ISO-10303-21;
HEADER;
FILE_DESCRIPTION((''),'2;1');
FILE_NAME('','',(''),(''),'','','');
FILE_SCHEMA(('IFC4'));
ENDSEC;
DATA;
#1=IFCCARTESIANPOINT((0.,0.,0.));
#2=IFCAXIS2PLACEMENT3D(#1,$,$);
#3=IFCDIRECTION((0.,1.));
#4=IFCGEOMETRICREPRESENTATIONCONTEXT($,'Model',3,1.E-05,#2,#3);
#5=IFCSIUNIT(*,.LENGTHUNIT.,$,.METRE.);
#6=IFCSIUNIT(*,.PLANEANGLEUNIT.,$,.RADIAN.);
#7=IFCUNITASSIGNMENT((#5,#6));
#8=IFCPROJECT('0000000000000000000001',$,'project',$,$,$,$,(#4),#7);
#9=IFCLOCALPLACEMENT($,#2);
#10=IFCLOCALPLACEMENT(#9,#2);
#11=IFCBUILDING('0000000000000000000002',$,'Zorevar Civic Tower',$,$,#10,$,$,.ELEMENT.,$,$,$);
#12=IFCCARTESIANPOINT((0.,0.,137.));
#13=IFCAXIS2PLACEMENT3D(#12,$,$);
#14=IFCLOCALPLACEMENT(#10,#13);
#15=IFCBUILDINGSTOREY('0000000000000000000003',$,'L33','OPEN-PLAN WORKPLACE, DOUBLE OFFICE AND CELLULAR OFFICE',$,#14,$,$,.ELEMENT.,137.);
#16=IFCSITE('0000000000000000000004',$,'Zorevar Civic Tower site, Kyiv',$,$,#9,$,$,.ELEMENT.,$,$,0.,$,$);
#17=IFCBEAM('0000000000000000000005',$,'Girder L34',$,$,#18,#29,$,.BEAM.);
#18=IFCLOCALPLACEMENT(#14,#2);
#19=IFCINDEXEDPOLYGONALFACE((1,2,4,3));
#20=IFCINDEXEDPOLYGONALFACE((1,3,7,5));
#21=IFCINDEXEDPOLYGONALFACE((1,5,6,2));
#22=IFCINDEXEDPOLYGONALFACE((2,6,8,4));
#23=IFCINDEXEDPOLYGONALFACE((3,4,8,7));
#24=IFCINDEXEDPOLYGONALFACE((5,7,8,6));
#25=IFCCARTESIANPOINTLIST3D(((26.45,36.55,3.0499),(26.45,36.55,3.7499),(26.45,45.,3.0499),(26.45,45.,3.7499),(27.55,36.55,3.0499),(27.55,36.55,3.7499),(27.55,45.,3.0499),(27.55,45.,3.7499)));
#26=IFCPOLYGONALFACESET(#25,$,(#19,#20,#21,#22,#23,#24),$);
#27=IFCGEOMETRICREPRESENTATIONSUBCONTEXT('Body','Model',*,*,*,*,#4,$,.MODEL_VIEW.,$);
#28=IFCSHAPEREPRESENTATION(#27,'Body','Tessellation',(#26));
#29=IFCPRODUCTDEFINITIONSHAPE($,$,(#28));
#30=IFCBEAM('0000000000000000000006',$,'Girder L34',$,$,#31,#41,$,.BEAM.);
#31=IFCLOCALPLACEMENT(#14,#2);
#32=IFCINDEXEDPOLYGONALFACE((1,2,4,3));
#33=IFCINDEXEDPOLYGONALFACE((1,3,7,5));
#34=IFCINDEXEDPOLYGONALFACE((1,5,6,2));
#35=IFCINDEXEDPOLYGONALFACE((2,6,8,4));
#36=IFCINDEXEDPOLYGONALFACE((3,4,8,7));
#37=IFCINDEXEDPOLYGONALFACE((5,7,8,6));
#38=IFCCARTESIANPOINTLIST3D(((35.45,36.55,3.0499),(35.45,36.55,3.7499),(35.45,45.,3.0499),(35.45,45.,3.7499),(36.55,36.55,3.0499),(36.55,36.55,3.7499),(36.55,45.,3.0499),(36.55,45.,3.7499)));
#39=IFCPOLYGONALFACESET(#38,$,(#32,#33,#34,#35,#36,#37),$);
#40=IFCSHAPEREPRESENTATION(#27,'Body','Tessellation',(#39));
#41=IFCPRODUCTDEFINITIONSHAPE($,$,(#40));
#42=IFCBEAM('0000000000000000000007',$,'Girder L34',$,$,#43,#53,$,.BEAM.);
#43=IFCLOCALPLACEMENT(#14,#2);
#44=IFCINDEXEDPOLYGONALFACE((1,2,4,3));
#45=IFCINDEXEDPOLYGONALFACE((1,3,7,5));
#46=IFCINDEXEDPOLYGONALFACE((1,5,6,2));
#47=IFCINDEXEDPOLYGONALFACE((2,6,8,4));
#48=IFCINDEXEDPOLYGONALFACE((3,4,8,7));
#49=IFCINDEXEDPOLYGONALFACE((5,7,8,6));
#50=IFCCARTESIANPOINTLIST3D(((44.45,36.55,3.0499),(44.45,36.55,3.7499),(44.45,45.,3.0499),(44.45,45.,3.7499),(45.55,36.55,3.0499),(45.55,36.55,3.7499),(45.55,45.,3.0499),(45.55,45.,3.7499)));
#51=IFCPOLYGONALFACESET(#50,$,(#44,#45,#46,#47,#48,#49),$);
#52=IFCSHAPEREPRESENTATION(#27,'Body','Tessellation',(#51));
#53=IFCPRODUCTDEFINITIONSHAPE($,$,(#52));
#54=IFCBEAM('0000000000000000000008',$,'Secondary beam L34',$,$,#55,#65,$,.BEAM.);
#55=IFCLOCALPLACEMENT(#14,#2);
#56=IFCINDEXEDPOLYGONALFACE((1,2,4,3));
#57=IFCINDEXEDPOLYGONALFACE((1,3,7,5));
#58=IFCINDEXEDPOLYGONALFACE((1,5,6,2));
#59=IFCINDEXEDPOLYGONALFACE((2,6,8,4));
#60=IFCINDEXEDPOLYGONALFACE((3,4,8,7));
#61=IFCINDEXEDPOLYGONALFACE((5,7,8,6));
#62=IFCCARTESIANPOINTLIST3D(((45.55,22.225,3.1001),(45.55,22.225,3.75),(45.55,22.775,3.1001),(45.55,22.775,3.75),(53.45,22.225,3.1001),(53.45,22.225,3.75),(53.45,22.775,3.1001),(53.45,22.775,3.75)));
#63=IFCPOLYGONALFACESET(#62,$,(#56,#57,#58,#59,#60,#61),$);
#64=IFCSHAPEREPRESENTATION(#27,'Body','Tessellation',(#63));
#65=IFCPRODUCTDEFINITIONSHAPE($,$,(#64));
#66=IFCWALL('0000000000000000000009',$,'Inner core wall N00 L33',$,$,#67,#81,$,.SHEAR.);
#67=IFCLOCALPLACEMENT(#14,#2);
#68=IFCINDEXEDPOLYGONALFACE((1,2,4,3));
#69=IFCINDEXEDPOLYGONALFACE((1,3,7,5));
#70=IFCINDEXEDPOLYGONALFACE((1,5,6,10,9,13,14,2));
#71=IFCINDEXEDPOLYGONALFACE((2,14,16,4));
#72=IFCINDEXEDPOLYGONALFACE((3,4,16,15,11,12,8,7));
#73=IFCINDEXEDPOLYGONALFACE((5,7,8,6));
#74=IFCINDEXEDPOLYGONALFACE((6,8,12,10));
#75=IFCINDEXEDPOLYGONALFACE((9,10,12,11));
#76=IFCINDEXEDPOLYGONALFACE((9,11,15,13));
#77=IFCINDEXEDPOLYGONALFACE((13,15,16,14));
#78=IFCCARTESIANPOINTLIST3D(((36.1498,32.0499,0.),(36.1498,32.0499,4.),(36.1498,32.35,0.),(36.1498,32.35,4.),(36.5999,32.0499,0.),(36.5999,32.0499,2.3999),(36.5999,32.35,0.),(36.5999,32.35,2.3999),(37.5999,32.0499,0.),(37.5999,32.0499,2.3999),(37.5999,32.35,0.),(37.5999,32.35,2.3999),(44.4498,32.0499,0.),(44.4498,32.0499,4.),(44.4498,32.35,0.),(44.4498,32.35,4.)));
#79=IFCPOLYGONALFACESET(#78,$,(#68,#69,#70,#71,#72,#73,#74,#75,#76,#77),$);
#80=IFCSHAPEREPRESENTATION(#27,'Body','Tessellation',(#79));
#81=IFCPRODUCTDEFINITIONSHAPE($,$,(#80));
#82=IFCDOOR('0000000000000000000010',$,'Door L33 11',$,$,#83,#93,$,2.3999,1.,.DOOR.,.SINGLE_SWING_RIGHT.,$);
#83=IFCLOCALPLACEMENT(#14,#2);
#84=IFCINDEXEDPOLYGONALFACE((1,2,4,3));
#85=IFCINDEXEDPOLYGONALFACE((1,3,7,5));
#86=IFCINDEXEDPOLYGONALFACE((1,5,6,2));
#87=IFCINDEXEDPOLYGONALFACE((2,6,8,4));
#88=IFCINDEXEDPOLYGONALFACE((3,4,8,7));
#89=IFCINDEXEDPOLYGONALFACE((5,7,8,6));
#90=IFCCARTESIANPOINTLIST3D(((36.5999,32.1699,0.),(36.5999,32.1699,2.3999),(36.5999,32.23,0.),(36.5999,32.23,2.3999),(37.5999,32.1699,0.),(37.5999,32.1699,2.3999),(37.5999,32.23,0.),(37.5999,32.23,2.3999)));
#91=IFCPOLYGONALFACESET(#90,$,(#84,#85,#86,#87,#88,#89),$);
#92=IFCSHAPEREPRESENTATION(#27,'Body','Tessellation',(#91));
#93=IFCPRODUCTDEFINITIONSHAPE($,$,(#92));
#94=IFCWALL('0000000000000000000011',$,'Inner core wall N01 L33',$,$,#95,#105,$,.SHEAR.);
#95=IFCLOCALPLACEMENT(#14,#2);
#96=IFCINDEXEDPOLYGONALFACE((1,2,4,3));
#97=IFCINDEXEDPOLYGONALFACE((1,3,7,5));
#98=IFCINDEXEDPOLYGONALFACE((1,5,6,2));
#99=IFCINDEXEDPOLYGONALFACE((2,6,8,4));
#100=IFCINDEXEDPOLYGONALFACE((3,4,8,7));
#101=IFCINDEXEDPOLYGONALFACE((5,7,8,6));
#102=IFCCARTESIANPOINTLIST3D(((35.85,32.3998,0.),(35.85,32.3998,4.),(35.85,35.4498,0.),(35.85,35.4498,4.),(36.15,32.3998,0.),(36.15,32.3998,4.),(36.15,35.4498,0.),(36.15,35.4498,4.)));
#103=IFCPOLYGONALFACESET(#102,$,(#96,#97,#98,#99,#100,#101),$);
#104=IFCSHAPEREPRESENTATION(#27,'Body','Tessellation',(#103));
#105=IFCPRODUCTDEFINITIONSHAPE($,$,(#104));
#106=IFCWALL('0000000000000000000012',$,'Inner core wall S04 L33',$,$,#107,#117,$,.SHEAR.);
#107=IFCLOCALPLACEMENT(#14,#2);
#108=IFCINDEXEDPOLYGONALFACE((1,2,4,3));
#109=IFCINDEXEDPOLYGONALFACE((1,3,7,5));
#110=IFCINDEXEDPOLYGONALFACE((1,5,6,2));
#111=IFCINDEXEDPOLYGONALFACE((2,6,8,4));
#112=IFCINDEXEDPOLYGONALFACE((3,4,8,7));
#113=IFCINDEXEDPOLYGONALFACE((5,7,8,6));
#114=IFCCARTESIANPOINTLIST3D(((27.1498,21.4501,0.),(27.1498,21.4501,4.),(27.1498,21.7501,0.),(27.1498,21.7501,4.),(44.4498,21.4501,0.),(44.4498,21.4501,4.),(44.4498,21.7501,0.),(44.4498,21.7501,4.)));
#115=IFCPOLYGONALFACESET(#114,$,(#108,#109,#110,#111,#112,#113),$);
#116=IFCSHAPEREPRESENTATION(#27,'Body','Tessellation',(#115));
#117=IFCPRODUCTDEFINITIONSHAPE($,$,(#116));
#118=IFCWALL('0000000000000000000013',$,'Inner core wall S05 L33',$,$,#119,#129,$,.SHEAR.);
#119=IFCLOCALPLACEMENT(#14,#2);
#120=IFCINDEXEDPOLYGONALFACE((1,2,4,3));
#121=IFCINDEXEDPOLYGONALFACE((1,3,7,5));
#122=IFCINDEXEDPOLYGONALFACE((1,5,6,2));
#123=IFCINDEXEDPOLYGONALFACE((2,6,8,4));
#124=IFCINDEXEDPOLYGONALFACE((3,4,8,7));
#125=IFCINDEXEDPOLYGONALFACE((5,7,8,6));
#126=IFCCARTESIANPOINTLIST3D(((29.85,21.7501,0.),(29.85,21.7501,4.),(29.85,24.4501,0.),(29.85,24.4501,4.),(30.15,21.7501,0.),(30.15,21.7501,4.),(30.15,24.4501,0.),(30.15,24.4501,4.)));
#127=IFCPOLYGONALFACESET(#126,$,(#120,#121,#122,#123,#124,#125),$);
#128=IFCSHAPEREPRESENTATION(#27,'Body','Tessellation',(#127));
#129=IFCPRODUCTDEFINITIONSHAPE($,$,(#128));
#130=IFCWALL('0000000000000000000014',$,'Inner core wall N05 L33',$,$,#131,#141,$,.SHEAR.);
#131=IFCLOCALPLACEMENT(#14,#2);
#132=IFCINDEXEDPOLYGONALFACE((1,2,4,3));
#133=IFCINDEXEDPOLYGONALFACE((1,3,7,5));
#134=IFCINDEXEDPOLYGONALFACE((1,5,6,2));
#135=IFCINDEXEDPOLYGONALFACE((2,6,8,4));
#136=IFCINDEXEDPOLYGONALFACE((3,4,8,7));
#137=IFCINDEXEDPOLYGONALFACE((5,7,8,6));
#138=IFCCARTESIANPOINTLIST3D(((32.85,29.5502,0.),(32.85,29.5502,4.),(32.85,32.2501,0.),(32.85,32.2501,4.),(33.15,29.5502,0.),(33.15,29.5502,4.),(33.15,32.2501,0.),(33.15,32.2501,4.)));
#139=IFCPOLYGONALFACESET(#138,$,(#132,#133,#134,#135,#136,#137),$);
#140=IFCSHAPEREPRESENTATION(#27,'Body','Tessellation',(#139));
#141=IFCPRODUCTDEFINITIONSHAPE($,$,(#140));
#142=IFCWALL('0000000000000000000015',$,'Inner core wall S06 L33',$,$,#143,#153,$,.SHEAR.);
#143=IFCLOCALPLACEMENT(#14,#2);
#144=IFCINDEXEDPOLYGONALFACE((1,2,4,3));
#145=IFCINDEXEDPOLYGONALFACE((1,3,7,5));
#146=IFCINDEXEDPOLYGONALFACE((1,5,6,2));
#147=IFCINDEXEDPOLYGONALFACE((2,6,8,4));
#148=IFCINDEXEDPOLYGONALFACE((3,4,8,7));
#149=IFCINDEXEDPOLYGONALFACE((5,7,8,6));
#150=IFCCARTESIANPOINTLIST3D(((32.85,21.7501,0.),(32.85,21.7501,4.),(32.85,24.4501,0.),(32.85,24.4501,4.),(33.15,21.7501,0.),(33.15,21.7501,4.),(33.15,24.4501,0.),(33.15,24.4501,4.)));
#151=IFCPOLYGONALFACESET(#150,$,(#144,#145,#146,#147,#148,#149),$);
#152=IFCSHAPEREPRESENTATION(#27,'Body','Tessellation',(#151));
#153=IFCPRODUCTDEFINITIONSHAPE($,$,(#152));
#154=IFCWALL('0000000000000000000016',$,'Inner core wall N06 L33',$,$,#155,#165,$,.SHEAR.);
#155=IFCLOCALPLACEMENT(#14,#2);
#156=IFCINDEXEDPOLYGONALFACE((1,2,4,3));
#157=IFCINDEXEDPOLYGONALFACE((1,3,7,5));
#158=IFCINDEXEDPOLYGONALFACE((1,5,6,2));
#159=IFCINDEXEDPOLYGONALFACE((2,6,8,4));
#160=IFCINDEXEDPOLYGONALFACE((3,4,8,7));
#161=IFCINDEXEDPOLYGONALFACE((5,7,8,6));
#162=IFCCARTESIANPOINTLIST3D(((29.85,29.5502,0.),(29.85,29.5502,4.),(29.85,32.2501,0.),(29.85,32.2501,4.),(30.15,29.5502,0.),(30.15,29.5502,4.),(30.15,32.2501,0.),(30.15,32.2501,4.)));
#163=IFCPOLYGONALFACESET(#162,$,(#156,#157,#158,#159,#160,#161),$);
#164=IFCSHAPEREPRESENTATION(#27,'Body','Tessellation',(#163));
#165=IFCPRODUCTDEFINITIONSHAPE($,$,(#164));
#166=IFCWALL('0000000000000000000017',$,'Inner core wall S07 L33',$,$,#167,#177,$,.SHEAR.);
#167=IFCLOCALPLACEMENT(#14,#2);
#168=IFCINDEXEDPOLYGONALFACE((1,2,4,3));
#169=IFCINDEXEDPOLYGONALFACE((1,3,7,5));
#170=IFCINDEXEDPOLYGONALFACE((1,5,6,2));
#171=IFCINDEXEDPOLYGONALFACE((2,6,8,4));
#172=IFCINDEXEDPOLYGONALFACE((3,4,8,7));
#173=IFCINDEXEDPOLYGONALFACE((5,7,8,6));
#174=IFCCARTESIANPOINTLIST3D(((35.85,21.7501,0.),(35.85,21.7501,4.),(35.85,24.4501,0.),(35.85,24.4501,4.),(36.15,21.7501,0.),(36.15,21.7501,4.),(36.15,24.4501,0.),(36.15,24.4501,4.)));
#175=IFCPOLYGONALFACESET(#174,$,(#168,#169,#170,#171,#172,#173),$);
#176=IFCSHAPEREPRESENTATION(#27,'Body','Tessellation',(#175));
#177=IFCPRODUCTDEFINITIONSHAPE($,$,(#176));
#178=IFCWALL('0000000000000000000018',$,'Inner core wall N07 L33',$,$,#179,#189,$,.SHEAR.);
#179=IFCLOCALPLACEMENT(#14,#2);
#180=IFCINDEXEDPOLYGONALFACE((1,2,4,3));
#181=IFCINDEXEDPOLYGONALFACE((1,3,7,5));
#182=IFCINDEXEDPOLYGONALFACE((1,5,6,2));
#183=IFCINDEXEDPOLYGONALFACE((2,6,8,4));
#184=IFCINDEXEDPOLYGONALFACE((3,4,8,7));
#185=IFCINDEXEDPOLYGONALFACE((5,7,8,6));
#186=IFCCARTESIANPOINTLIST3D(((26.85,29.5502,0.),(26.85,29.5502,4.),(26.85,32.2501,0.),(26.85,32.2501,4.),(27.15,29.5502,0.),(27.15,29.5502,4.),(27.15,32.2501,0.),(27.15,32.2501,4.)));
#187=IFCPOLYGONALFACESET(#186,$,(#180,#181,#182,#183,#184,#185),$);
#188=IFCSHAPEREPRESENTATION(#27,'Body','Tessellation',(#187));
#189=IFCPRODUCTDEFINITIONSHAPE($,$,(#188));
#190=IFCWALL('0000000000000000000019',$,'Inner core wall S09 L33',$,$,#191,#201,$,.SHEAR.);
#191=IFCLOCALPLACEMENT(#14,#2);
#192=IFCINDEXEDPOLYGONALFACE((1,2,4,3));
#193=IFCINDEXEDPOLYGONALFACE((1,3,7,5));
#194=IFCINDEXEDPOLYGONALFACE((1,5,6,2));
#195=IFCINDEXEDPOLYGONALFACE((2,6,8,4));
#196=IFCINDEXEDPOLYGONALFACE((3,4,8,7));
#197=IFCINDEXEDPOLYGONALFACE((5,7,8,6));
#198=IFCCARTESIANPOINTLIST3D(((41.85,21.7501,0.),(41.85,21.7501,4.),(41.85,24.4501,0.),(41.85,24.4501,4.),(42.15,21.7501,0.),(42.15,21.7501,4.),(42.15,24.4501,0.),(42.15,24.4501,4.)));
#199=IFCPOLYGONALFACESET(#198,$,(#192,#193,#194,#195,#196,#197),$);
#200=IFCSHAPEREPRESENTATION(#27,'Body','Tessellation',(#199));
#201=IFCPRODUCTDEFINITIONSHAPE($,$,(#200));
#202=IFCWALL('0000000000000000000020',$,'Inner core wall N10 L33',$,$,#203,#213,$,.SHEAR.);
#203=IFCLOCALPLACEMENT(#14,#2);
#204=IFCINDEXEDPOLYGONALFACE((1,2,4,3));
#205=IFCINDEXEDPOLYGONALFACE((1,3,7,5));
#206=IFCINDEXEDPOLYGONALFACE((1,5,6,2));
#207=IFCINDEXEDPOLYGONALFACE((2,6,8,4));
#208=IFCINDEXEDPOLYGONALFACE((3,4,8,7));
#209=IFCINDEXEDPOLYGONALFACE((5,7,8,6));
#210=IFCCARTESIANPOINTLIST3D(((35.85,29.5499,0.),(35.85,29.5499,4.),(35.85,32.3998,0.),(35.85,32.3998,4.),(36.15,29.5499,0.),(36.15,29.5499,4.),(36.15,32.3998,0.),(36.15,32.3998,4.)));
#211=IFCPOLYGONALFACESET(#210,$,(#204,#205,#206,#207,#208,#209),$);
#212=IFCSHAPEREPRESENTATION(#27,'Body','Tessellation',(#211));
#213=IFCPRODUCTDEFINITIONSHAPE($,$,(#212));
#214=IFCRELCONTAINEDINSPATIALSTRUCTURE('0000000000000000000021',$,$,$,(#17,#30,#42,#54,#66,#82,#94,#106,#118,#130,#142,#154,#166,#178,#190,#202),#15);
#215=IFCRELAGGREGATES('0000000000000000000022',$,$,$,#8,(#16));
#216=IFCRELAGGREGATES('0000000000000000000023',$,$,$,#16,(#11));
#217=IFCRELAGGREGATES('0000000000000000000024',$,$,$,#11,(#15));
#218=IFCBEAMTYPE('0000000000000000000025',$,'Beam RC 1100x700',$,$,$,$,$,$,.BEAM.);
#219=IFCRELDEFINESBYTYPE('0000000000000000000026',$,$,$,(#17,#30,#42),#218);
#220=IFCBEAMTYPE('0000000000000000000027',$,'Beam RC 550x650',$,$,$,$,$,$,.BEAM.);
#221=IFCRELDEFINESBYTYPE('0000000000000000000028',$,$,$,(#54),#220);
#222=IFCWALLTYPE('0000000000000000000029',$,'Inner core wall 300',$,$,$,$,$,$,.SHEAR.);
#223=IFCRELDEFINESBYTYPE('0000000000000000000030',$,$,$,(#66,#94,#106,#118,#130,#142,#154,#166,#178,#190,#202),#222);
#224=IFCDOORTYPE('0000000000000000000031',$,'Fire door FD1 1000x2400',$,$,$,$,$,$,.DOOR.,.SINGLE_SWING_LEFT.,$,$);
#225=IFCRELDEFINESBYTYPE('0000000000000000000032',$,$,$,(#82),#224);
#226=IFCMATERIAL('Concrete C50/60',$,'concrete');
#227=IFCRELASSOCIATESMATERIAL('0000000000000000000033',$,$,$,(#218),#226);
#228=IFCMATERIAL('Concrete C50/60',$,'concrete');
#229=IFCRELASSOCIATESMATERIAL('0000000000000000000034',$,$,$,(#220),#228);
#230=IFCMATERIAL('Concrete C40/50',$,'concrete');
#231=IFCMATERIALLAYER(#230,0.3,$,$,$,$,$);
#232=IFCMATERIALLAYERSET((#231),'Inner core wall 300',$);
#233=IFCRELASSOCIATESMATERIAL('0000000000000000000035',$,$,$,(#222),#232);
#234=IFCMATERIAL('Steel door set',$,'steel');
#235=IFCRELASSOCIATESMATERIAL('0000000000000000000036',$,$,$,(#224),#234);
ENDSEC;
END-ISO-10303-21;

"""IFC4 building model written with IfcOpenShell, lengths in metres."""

from ifc_helpers import new_model, si_unit, direction, frame, frame_2d, origin, origin_2d, place, context, subcontext, project, spatial, rectangle, extrude, material, layer, layer_set, material_profile, profile_set, type_object, element, fill, save


model = new_model("IFC4")

# Units and contexts
model_context = context("Model", 3, precision=1e-05, world=origin(), true_north=direction((0.0, 1.0)))
body_context = subcontext(model_context, "Body", "Model", "MODEL_VIEW")
ifc_project = project(units=[si_unit("LENGTHUNIT", "METRE"), si_unit("PLANEANGLEUNIT", "RADIAN")], contexts=[model_context])

# Site, building, storey
site_placement = place(None, origin())
site = spatial("IfcSite", under=ifc_project, at=site_placement, Name="Zorevar Civic Tower site, Kyiv", CompositionType="ELEMENT", RefElevation=0.0)
building_placement = place(site_placement, origin())
building = spatial("IfcBuilding", under=site, at=building_placement, Name="Zorevar Civic Tower", CompositionType="ELEMENT")
storey_placement = place(building_placement, frame((0.0, 0.0, 137.0)))
storey = spatial("IfcBuildingStorey", under=building, at=storey_placement, Name="L33", Description="OPEN-PLAN WORKPLACE, DOUBLE OFFICE AND CELLULAR OFFICE", CompositionType="ELEMENT", Elevation=137.0)

# Beams
ifc_material_1 = material(Name="Concrete C50/60", Category="concrete")
ifc_material_profile_1 = material_profile(ifc_material_1, rectangle(XDim=1.1001, YDim=0.7, at=origin_2d()), Name="RC 1100x700")
ifc_profile_set_1 = profile_set([ifc_material_profile_1], Name="Concrete C50/60")
beam_type_1 = type_object("IfcBeamType", Name="Beam RC 1100x700", PredefinedType="BEAM", material=ifc_profile_set_1)
for number, where, z_axis, x_axis, name in (
    (1, (27.0, 36.55, 3.3999), (0.0, 1.0, 0.0), (-1.0, 0.0, 0.0), "Girder L34"),
    (2, (36.0, 36.55, 3.3999), (0.0, 1.0, 0.0), (-1.0, 0.0, 0.0), "Girder L34"),
    (3, (45.0, 36.55, 3.3999), (0.0, 1.0, 0.0), (-1.0, 0.0, 0.0), "Girder L34"),
):
    element("IfcBeam", number, at=place(storey_placement, frame(where, z_axis=z_axis, x_axis=x_axis)), inside=storey, type_object=beam_type_1, Name=name, PredefinedType="BEAM", context=body_context, shape_type="SweptSolid", body=[
        extrude(rectangle(XDim=1.1001, YDim=0.7, at=origin_2d()), origin(), (0.0, 0.0, 1.0), 8.45),
    ])
ifc_material_2 = material(Name="Concrete C50/60", Category="concrete")
ifc_material_profile_2 = material_profile(ifc_material_2, rectangle(XDim=0.55, YDim=0.6499, at=origin_2d()), Name="RC 550x650")
ifc_profile_set_2 = profile_set([ifc_material_profile_2], Name="Concrete C50/60")
beam_type_2 = type_object("IfcBeamType", Name="Beam RC 550x650", PredefinedType="BEAM", material=ifc_profile_set_2)
beam_placement = place(storey_placement, frame((45.55, 22.5, 3.425), z_axis=(1.0, 0.0, 0.0), x_axis=(0.0, 1.0, 0.0)))
element("IfcBeam", 4, at=beam_placement, inside=storey, type_object=beam_type_2, Name="Secondary beam L34", PredefinedType="BEAM", context=body_context, shape_type="SweptSolid", body=[
    extrude(rectangle(XDim=0.55, YDim=0.6499, at=origin_2d()), origin(), (0.0, 0.0, 1.0), 7.8999),
])

# Wall, opening, door
ifc_material_3 = material(Name="Concrete C40/50", Category="concrete")
ifc_layer_1 = layer(ifc_material_3, 0.3)
ifc_layer_set_1 = layer_set([ifc_layer_1], Name="Inner core wall 300")
wall_type_1 = type_object("IfcWallType", Name="Inner core wall 300", PredefinedType="SHEAR", material=ifc_layer_set_1)
wall_1_placement = place(storey_placement, frame((36.1499, 32.2, 0.0), z_axis=(0.0, 0.0, 1.0), x_axis=(1.0, 0.0, 0.0)))
wall_1 = element("IfcWall", 5, at=wall_1_placement, inside=storey, type_object=wall_type_1, Name="Inner core wall N00 L33", PredefinedType="SHEAR", context=body_context, shape_type="SweptSolid", body=[
    extrude(rectangle(XDim=8.3, YDim=0.3, at=frame_2d((4.1499, 0.0))), origin(), (0.0, 0.0, 1.0), 4.0),
])
opening_1_placement = place(wall_1_placement, frame((0.45, 0.0, 0.0)))
opening_1 = element("IfcOpeningElement", 6, at=opening_1_placement, cuts=wall_1, PredefinedType="OPENING", context=body_context, shape_type="SweptSolid", body=[
    extrude(rectangle(XDim=1.0, YDim=2.3999, at=frame_2d((0.5, 1.2))), frame((0.0, 0.1599, 0.0), z_axis=(0.0, -1.0, 0.0), x_axis=(1.0, 0.0, 0.0)), (0.0, 0.0, 1.0), 0.3201),
])
ifc_material_4 = material(Name="Steel door set", Category="steel")
door_type_1 = type_object("IfcDoorType", Name="Fire door FD1 1000x2400", OperationType="SINGLE_SWING_LEFT", PredefinedType="DOOR", material=ifc_material_4)
door_1_placement = place(opening_1_placement, origin())
door_1 = element("IfcDoor", 7, at=door_1_placement, inside=storey, type_object=door_type_1, Name="Door L33 11", OperationType="SINGLE_SWING_RIGHT", OverallHeight=2.3999, OverallWidth=1.0, PredefinedType="DOOR", context=body_context, shape_type="SweptSolid", body=[
    extrude(rectangle(XDim=1.0, YDim=2.3999, at=frame_2d((0.5, 1.2))), frame((0.0, 0.03, 0.0), z_axis=(0.0, -1.0, 0.0), x_axis=(1.0, 0.0, 0.0)), (0.0, 0.0, 1.0), 0.0601),
])
fill(opening_1, door_1)

# Wall
wall_2_placement = place(storey_placement, frame((36.0, 32.3999, 0.0), z_axis=(0.0, 0.0, 1.0), x_axis=(0.0, 1.0, 0.0)))
element("IfcWall", 8, at=wall_2_placement, inside=storey, type_object=wall_type_1, Name="Inner core wall N01 L33", PredefinedType="SHEAR", context=body_context, shape_type="SweptSolid", body=[
    extrude(rectangle(XDim=3.05, YDim=0.3, at=frame_2d((1.5249, 0.0))), origin(), (0.0, 0.0, 1.0), 4.0),
])

# Walls
wall_3_placement = place(storey_placement, frame((27.1499, 21.6001, 0.0), z_axis=(0.0, 0.0, 1.0), x_axis=(1.0, 0.0, 0.0)))
element("IfcWall", 9, at=wall_3_placement, inside=storey, type_object=wall_type_1, Name="Inner core wall S04 L33", PredefinedType="SHEAR", context=body_context, shape_type="SweptSolid", body=[
    extrude(rectangle(XDim=17.3, YDim=0.3, at=frame_2d((8.6499, 0.0))), origin(), (0.0, 0.0, 1.0), 4.0),
])
for number, where, z_axis, x_axis, name in (
    (10, (30.0, 21.75, 0.0), (0.0, 0.0, 1.0), (0.0, 1.0, 0.0), "Inner core wall S05 L33"),
    (11, (33.0, 29.55, 0.0), (0.0, 0.0, 1.0), (0.0, 1.0, 0.0), "Inner core wall N05 L33"),
    (12, (33.0, 21.75, 0.0), (0.0, 0.0, 1.0), (0.0, 1.0, 0.0), "Inner core wall S06 L33"),
    (13, (30.0, 29.55, 0.0), (0.0, 0.0, 1.0), (0.0, 1.0, 0.0), "Inner core wall N06 L33"),
    (14, (36.0, 21.75, 0.0), (0.0, 0.0, 1.0), (0.0, 1.0, 0.0), "Inner core wall S07 L33"),
    (15, (27.0, 29.55, 0.0), (0.0, 0.0, 1.0), (0.0, 1.0, 0.0), "Inner core wall N07 L33"),
    (16, (42.0, 21.75, 0.0), (0.0, 0.0, 1.0), (0.0, 1.0, 0.0), "Inner core wall S09 L33"),
):
    element("IfcWall", number, at=place(storey_placement, frame(where, z_axis=z_axis, x_axis=x_axis)), inside=storey, type_object=wall_type_1, Name=name, PredefinedType="SHEAR", context=body_context, shape_type="SweptSolid", body=[
        extrude(rectangle(XDim=2.7, YDim=0.3, at=frame_2d((1.3501, 0.0))), origin(), (0.0, 0.0, 1.0), 4.0),
    ])
wall_4_placement = place(storey_placement, frame((36.0, 29.55, 0.0), z_axis=(0.0, 0.0, 1.0), x_axis=(0.0, 1.0, 0.0)))
element("IfcWall", 17, at=wall_4_placement, inside=storey, type_object=wall_type_1, Name="Inner core wall N10 L33", PredefinedType="SHEAR", context=body_context, shape_type="SweptSolid", body=[
    extrude(rectangle(XDim=2.8499, YDim=0.3, at=frame_2d((1.4248, 0.0))), origin(), (0.0, 0.0, 1.0), 4.0),
])

save(model, "model.ifc")
